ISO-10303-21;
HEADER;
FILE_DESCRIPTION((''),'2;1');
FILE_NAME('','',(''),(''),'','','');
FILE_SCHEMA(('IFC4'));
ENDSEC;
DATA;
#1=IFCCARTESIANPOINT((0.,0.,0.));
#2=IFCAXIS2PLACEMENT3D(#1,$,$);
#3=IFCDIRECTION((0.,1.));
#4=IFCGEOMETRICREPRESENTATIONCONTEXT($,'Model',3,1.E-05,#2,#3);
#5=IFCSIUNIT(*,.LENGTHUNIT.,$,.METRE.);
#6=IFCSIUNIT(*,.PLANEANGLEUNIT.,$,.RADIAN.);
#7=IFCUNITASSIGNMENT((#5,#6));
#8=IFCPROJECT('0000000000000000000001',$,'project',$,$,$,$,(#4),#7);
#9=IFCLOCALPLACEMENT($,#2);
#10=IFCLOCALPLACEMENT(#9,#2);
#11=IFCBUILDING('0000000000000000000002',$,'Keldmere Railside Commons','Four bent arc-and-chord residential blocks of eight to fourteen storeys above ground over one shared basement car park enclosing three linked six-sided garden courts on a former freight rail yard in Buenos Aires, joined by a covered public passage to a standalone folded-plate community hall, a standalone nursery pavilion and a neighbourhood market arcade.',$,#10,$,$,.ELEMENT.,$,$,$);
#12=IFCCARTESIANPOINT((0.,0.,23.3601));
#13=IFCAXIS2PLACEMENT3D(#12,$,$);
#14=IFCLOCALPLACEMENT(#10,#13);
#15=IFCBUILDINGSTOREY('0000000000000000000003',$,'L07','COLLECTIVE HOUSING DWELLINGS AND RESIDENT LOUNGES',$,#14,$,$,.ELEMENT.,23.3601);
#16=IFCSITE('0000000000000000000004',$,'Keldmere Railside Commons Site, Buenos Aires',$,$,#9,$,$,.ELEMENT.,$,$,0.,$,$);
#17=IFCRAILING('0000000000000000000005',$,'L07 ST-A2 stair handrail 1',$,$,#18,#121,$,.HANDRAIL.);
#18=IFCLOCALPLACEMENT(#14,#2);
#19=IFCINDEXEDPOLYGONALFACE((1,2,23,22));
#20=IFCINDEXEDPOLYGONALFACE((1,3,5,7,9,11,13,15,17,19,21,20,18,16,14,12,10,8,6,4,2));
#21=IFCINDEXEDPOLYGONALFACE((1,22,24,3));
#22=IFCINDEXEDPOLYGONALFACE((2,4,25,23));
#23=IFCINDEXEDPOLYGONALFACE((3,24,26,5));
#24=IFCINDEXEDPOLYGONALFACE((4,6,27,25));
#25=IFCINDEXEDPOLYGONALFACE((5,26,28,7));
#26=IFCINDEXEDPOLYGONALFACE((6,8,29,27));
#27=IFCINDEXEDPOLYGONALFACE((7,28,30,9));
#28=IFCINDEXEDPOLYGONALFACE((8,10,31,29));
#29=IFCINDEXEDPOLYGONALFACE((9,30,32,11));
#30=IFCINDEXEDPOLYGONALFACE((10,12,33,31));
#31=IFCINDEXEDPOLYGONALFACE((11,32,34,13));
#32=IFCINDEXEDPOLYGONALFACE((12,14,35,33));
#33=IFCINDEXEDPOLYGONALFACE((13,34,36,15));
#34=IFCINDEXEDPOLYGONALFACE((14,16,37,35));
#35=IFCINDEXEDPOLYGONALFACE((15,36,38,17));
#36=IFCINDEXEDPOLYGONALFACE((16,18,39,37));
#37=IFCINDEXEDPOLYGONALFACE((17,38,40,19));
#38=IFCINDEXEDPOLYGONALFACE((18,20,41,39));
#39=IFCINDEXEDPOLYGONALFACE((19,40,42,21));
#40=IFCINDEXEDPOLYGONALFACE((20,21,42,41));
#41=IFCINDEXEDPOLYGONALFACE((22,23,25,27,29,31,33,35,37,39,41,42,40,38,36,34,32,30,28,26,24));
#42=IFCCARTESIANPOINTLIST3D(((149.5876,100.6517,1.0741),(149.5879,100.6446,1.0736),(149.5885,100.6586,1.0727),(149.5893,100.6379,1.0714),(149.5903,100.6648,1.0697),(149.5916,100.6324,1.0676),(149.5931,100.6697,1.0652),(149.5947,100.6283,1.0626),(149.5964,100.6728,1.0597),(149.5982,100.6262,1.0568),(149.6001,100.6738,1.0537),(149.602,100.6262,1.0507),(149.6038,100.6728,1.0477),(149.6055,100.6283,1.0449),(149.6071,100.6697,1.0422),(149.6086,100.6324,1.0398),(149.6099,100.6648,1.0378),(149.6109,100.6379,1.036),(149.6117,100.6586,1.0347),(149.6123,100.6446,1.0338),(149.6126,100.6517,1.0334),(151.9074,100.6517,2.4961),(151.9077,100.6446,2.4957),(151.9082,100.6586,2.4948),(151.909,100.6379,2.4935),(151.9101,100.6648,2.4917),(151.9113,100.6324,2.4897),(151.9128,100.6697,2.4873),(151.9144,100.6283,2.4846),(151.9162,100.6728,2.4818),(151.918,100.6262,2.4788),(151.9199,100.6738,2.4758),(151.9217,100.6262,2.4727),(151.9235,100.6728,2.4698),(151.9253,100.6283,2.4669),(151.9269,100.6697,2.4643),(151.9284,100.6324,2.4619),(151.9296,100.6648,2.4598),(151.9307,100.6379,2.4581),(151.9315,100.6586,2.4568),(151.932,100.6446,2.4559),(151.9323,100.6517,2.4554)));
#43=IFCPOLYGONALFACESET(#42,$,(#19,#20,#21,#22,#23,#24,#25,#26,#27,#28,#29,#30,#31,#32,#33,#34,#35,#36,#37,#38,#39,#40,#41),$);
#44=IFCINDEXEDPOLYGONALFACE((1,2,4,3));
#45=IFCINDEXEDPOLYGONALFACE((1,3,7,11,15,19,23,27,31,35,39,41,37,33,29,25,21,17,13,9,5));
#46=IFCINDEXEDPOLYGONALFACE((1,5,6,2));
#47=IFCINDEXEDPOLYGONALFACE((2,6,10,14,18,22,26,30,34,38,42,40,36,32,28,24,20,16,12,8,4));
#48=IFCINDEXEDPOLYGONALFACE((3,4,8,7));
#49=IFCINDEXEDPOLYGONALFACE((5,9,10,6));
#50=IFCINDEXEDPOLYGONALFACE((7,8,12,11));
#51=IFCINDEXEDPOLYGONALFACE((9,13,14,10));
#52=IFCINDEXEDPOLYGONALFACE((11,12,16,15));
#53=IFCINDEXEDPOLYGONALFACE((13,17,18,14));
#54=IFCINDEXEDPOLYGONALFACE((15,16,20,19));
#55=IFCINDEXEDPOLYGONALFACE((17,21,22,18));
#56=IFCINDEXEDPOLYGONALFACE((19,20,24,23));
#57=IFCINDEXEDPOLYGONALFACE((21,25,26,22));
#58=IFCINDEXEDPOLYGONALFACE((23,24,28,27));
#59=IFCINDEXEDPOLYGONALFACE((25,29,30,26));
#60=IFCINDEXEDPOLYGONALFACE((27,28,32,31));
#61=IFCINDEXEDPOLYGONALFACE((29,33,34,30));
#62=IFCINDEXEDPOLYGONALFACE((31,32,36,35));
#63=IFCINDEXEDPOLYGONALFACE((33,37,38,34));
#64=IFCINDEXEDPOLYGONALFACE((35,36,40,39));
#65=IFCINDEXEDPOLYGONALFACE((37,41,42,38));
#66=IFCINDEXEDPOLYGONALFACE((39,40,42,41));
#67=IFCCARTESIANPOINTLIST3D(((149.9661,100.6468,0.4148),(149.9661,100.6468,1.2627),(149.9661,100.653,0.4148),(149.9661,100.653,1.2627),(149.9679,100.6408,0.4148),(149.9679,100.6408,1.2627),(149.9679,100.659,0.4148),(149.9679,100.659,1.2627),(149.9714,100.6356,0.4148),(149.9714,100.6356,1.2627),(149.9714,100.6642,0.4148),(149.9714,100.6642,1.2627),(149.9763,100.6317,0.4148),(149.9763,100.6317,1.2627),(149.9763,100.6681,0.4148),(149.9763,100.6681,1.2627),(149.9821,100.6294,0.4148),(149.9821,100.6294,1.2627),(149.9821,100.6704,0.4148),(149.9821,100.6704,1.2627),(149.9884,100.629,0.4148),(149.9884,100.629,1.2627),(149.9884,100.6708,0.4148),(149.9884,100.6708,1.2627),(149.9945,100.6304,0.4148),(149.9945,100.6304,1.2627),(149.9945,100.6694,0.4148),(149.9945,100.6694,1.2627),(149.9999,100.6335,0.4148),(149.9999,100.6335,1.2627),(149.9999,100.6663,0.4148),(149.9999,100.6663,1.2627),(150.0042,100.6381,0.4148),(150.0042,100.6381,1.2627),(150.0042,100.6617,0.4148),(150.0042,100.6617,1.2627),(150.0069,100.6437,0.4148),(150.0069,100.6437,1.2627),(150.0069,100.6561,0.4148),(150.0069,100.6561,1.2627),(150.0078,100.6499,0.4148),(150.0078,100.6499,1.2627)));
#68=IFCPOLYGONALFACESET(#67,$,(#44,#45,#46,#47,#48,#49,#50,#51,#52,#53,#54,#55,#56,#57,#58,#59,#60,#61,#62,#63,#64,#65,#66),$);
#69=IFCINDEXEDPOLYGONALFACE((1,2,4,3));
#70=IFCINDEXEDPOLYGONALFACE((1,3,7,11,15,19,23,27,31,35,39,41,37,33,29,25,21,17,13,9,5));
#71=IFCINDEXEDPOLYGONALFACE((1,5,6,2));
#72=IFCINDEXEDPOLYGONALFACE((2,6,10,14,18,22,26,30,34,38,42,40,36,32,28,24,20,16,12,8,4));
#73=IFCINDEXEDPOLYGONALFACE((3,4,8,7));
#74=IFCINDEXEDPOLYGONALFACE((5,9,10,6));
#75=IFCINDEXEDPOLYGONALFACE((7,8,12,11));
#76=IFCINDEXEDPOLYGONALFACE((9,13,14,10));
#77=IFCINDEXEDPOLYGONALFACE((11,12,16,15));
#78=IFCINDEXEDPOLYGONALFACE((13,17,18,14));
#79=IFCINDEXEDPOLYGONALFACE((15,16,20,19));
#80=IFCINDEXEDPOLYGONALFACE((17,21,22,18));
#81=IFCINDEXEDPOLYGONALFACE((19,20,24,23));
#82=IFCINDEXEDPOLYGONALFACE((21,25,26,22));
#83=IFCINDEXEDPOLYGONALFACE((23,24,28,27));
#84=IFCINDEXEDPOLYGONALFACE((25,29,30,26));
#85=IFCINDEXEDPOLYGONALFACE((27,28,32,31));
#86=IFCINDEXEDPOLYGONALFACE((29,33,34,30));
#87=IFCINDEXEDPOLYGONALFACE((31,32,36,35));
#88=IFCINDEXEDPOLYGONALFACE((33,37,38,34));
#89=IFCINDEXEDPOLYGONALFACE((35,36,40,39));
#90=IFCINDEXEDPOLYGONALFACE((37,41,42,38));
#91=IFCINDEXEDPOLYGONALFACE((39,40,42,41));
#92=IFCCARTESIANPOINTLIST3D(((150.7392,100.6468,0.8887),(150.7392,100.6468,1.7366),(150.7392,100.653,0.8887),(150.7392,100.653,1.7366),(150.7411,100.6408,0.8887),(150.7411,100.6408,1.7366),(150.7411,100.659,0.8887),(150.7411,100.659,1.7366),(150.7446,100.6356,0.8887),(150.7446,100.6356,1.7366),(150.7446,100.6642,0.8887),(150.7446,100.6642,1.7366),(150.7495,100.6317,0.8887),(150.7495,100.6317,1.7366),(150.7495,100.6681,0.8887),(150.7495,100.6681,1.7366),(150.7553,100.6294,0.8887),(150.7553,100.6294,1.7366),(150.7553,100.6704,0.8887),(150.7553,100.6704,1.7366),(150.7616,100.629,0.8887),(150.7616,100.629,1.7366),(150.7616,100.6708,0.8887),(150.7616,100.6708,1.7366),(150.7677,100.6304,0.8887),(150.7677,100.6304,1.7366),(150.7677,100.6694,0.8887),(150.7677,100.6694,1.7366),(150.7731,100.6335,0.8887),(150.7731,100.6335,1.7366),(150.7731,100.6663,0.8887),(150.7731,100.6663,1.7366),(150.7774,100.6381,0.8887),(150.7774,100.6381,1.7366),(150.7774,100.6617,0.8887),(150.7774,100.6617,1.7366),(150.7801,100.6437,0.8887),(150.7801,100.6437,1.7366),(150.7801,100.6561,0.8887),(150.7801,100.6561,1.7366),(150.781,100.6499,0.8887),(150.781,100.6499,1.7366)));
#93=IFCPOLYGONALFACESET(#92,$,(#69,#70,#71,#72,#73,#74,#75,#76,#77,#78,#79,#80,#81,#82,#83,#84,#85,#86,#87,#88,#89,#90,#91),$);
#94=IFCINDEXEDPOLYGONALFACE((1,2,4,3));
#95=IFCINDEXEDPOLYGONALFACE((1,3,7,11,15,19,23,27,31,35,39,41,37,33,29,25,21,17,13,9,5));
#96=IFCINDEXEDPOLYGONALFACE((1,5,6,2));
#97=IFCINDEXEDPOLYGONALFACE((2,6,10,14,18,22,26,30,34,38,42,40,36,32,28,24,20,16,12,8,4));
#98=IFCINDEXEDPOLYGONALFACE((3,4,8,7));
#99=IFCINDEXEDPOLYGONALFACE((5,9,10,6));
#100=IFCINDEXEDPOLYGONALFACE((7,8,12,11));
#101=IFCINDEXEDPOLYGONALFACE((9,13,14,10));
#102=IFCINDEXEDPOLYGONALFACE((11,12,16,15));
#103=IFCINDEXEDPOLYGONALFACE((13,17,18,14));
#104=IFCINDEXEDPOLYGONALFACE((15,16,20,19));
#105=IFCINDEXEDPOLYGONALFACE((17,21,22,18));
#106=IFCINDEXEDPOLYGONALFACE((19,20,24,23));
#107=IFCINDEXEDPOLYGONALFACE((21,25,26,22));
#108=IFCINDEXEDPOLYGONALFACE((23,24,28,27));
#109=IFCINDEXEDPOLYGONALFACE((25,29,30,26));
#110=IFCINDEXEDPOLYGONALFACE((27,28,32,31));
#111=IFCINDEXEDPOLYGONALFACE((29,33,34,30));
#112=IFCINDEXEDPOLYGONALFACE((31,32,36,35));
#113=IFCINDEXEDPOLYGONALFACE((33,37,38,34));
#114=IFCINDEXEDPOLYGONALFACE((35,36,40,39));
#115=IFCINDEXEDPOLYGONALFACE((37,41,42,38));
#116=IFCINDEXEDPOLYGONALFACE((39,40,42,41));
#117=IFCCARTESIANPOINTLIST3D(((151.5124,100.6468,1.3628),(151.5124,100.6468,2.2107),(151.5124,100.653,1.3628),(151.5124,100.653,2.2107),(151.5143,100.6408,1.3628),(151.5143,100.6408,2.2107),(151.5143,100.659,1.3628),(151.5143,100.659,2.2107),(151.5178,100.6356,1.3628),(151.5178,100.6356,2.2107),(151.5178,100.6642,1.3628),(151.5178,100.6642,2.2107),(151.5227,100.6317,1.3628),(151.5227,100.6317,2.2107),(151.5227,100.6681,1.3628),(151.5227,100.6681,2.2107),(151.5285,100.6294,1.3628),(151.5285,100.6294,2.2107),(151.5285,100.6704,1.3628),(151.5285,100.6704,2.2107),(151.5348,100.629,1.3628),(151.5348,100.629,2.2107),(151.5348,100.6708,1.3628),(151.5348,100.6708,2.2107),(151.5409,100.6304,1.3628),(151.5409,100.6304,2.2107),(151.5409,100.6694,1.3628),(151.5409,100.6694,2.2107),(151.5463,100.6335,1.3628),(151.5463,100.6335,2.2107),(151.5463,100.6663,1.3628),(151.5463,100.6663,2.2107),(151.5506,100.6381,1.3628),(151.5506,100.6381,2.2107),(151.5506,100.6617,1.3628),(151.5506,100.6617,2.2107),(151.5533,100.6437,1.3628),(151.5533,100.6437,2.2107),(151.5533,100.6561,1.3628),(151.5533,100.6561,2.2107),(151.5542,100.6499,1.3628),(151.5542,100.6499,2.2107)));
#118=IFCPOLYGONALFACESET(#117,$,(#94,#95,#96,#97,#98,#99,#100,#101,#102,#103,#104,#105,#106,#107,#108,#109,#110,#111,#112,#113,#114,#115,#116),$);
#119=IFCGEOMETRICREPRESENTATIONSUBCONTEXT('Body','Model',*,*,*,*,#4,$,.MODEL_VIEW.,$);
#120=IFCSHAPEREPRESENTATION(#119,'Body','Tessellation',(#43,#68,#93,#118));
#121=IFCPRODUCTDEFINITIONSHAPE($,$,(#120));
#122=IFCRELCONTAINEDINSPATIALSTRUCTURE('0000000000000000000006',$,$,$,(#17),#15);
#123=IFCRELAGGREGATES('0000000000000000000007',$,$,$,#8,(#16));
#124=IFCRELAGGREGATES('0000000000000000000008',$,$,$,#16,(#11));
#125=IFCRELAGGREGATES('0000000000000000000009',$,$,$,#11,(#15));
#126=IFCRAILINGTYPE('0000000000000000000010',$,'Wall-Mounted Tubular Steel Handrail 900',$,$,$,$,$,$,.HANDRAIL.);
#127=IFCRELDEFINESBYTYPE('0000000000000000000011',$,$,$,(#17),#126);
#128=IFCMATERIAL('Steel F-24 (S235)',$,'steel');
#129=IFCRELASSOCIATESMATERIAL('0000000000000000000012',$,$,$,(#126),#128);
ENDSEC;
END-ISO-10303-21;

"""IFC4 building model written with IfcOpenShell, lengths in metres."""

from ifc_helpers import new_model, si_unit, direction, frame, origin, origin_2d, place, context, subcontext, project, spatial, circle, extrude, material, type_object, element, save


model = new_model("IFC4")

# Units and contexts
model_context = context("Model", 3, precision=1e-05, world=origin(), true_north=direction((0.0, 1.0)))
body_context = subcontext(model_context, "Body", "Model", "MODEL_VIEW")
ifc_project = project(units=[si_unit("LENGTHUNIT", "METRE"), si_unit("PLANEANGLEUNIT", "RADIAN")], contexts=[model_context])

# Site, building, storey
site_placement = place(None, origin())
site = spatial("IfcSite", under=ifc_project, at=site_placement, Name="Keldmere Railside Commons Site, Buenos Aires", CompositionType="ELEMENT", RefElevation=0.0)
building_placement = place(site_placement, origin())
building = spatial("IfcBuilding", under=site, at=building_placement, Name="Keldmere Railside Commons", Description="Four bent arc-and-chord residential blocks of eight to fourteen storeys above ground over one shared basement car park enclosing three linked six-sided garden courts on a former freight rail yard in Buenos Aires, joined by a covered public passage to a standalone folded-plate community hall, a standalone nursery pavilion and a neighbourhood market arcade.", CompositionType="ELEMENT")
storey_placement = place(building_placement, frame((0.0, 0.0, 23.3601)))
storey = spatial("IfcBuildingStorey", under=building, at=storey_placement, Name="L07", Description="COLLECTIVE HOUSING DWELLINGS AND RESIDENT LOUNGES", CompositionType="ELEMENT", Elevation=23.3601)

# Railing
ifc_material_1 = material(Name="Steel F-24 (S235)", Category="steel")
railing_type_1 = type_object("IfcRailingType", Name="Wall-Mounted Tubular Steel Handrail 900", PredefinedType="HANDRAIL", material=ifc_material_1)
railing_1_placement = place(storey_placement, frame((149.6001, 100.6499, 0.1777)))
element("IfcRailing", 1, at=railing_1_placement, inside=storey, type_object=railing_type_1, Name="L07 ST-A2 stair handrail 1", PredefinedType="HANDRAIL", context=body_context, shape_type="SweptSolid", body=[
    extrude(circle(Radius=0.0239, at=origin_2d()), frame((0.0, 0.0, 0.876), z_axis=(0.852554, 0.0, 0.52264), x_axis=(0.0, 1.0, 0.0)), (0.0, 0.0, 1.0), 2.7209),
    extrude(circle(Radius=0.021, at=origin_2d()), frame((0.3867, 0.0, 0.2371)), (0.0, 0.0, 1.0), 0.8479),
    extrude(circle(Radius=0.021, at=origin_2d()), frame((1.1599, 0.0, 0.7109)), (0.0, 0.0, 1.0), 0.8479),
    extrude(circle(Radius=0.021, at=origin_2d()), frame((1.9331, 0.0, 1.1851)), (0.0, 0.0, 1.0), 0.8479),
])

save(model, "model.ifc")
